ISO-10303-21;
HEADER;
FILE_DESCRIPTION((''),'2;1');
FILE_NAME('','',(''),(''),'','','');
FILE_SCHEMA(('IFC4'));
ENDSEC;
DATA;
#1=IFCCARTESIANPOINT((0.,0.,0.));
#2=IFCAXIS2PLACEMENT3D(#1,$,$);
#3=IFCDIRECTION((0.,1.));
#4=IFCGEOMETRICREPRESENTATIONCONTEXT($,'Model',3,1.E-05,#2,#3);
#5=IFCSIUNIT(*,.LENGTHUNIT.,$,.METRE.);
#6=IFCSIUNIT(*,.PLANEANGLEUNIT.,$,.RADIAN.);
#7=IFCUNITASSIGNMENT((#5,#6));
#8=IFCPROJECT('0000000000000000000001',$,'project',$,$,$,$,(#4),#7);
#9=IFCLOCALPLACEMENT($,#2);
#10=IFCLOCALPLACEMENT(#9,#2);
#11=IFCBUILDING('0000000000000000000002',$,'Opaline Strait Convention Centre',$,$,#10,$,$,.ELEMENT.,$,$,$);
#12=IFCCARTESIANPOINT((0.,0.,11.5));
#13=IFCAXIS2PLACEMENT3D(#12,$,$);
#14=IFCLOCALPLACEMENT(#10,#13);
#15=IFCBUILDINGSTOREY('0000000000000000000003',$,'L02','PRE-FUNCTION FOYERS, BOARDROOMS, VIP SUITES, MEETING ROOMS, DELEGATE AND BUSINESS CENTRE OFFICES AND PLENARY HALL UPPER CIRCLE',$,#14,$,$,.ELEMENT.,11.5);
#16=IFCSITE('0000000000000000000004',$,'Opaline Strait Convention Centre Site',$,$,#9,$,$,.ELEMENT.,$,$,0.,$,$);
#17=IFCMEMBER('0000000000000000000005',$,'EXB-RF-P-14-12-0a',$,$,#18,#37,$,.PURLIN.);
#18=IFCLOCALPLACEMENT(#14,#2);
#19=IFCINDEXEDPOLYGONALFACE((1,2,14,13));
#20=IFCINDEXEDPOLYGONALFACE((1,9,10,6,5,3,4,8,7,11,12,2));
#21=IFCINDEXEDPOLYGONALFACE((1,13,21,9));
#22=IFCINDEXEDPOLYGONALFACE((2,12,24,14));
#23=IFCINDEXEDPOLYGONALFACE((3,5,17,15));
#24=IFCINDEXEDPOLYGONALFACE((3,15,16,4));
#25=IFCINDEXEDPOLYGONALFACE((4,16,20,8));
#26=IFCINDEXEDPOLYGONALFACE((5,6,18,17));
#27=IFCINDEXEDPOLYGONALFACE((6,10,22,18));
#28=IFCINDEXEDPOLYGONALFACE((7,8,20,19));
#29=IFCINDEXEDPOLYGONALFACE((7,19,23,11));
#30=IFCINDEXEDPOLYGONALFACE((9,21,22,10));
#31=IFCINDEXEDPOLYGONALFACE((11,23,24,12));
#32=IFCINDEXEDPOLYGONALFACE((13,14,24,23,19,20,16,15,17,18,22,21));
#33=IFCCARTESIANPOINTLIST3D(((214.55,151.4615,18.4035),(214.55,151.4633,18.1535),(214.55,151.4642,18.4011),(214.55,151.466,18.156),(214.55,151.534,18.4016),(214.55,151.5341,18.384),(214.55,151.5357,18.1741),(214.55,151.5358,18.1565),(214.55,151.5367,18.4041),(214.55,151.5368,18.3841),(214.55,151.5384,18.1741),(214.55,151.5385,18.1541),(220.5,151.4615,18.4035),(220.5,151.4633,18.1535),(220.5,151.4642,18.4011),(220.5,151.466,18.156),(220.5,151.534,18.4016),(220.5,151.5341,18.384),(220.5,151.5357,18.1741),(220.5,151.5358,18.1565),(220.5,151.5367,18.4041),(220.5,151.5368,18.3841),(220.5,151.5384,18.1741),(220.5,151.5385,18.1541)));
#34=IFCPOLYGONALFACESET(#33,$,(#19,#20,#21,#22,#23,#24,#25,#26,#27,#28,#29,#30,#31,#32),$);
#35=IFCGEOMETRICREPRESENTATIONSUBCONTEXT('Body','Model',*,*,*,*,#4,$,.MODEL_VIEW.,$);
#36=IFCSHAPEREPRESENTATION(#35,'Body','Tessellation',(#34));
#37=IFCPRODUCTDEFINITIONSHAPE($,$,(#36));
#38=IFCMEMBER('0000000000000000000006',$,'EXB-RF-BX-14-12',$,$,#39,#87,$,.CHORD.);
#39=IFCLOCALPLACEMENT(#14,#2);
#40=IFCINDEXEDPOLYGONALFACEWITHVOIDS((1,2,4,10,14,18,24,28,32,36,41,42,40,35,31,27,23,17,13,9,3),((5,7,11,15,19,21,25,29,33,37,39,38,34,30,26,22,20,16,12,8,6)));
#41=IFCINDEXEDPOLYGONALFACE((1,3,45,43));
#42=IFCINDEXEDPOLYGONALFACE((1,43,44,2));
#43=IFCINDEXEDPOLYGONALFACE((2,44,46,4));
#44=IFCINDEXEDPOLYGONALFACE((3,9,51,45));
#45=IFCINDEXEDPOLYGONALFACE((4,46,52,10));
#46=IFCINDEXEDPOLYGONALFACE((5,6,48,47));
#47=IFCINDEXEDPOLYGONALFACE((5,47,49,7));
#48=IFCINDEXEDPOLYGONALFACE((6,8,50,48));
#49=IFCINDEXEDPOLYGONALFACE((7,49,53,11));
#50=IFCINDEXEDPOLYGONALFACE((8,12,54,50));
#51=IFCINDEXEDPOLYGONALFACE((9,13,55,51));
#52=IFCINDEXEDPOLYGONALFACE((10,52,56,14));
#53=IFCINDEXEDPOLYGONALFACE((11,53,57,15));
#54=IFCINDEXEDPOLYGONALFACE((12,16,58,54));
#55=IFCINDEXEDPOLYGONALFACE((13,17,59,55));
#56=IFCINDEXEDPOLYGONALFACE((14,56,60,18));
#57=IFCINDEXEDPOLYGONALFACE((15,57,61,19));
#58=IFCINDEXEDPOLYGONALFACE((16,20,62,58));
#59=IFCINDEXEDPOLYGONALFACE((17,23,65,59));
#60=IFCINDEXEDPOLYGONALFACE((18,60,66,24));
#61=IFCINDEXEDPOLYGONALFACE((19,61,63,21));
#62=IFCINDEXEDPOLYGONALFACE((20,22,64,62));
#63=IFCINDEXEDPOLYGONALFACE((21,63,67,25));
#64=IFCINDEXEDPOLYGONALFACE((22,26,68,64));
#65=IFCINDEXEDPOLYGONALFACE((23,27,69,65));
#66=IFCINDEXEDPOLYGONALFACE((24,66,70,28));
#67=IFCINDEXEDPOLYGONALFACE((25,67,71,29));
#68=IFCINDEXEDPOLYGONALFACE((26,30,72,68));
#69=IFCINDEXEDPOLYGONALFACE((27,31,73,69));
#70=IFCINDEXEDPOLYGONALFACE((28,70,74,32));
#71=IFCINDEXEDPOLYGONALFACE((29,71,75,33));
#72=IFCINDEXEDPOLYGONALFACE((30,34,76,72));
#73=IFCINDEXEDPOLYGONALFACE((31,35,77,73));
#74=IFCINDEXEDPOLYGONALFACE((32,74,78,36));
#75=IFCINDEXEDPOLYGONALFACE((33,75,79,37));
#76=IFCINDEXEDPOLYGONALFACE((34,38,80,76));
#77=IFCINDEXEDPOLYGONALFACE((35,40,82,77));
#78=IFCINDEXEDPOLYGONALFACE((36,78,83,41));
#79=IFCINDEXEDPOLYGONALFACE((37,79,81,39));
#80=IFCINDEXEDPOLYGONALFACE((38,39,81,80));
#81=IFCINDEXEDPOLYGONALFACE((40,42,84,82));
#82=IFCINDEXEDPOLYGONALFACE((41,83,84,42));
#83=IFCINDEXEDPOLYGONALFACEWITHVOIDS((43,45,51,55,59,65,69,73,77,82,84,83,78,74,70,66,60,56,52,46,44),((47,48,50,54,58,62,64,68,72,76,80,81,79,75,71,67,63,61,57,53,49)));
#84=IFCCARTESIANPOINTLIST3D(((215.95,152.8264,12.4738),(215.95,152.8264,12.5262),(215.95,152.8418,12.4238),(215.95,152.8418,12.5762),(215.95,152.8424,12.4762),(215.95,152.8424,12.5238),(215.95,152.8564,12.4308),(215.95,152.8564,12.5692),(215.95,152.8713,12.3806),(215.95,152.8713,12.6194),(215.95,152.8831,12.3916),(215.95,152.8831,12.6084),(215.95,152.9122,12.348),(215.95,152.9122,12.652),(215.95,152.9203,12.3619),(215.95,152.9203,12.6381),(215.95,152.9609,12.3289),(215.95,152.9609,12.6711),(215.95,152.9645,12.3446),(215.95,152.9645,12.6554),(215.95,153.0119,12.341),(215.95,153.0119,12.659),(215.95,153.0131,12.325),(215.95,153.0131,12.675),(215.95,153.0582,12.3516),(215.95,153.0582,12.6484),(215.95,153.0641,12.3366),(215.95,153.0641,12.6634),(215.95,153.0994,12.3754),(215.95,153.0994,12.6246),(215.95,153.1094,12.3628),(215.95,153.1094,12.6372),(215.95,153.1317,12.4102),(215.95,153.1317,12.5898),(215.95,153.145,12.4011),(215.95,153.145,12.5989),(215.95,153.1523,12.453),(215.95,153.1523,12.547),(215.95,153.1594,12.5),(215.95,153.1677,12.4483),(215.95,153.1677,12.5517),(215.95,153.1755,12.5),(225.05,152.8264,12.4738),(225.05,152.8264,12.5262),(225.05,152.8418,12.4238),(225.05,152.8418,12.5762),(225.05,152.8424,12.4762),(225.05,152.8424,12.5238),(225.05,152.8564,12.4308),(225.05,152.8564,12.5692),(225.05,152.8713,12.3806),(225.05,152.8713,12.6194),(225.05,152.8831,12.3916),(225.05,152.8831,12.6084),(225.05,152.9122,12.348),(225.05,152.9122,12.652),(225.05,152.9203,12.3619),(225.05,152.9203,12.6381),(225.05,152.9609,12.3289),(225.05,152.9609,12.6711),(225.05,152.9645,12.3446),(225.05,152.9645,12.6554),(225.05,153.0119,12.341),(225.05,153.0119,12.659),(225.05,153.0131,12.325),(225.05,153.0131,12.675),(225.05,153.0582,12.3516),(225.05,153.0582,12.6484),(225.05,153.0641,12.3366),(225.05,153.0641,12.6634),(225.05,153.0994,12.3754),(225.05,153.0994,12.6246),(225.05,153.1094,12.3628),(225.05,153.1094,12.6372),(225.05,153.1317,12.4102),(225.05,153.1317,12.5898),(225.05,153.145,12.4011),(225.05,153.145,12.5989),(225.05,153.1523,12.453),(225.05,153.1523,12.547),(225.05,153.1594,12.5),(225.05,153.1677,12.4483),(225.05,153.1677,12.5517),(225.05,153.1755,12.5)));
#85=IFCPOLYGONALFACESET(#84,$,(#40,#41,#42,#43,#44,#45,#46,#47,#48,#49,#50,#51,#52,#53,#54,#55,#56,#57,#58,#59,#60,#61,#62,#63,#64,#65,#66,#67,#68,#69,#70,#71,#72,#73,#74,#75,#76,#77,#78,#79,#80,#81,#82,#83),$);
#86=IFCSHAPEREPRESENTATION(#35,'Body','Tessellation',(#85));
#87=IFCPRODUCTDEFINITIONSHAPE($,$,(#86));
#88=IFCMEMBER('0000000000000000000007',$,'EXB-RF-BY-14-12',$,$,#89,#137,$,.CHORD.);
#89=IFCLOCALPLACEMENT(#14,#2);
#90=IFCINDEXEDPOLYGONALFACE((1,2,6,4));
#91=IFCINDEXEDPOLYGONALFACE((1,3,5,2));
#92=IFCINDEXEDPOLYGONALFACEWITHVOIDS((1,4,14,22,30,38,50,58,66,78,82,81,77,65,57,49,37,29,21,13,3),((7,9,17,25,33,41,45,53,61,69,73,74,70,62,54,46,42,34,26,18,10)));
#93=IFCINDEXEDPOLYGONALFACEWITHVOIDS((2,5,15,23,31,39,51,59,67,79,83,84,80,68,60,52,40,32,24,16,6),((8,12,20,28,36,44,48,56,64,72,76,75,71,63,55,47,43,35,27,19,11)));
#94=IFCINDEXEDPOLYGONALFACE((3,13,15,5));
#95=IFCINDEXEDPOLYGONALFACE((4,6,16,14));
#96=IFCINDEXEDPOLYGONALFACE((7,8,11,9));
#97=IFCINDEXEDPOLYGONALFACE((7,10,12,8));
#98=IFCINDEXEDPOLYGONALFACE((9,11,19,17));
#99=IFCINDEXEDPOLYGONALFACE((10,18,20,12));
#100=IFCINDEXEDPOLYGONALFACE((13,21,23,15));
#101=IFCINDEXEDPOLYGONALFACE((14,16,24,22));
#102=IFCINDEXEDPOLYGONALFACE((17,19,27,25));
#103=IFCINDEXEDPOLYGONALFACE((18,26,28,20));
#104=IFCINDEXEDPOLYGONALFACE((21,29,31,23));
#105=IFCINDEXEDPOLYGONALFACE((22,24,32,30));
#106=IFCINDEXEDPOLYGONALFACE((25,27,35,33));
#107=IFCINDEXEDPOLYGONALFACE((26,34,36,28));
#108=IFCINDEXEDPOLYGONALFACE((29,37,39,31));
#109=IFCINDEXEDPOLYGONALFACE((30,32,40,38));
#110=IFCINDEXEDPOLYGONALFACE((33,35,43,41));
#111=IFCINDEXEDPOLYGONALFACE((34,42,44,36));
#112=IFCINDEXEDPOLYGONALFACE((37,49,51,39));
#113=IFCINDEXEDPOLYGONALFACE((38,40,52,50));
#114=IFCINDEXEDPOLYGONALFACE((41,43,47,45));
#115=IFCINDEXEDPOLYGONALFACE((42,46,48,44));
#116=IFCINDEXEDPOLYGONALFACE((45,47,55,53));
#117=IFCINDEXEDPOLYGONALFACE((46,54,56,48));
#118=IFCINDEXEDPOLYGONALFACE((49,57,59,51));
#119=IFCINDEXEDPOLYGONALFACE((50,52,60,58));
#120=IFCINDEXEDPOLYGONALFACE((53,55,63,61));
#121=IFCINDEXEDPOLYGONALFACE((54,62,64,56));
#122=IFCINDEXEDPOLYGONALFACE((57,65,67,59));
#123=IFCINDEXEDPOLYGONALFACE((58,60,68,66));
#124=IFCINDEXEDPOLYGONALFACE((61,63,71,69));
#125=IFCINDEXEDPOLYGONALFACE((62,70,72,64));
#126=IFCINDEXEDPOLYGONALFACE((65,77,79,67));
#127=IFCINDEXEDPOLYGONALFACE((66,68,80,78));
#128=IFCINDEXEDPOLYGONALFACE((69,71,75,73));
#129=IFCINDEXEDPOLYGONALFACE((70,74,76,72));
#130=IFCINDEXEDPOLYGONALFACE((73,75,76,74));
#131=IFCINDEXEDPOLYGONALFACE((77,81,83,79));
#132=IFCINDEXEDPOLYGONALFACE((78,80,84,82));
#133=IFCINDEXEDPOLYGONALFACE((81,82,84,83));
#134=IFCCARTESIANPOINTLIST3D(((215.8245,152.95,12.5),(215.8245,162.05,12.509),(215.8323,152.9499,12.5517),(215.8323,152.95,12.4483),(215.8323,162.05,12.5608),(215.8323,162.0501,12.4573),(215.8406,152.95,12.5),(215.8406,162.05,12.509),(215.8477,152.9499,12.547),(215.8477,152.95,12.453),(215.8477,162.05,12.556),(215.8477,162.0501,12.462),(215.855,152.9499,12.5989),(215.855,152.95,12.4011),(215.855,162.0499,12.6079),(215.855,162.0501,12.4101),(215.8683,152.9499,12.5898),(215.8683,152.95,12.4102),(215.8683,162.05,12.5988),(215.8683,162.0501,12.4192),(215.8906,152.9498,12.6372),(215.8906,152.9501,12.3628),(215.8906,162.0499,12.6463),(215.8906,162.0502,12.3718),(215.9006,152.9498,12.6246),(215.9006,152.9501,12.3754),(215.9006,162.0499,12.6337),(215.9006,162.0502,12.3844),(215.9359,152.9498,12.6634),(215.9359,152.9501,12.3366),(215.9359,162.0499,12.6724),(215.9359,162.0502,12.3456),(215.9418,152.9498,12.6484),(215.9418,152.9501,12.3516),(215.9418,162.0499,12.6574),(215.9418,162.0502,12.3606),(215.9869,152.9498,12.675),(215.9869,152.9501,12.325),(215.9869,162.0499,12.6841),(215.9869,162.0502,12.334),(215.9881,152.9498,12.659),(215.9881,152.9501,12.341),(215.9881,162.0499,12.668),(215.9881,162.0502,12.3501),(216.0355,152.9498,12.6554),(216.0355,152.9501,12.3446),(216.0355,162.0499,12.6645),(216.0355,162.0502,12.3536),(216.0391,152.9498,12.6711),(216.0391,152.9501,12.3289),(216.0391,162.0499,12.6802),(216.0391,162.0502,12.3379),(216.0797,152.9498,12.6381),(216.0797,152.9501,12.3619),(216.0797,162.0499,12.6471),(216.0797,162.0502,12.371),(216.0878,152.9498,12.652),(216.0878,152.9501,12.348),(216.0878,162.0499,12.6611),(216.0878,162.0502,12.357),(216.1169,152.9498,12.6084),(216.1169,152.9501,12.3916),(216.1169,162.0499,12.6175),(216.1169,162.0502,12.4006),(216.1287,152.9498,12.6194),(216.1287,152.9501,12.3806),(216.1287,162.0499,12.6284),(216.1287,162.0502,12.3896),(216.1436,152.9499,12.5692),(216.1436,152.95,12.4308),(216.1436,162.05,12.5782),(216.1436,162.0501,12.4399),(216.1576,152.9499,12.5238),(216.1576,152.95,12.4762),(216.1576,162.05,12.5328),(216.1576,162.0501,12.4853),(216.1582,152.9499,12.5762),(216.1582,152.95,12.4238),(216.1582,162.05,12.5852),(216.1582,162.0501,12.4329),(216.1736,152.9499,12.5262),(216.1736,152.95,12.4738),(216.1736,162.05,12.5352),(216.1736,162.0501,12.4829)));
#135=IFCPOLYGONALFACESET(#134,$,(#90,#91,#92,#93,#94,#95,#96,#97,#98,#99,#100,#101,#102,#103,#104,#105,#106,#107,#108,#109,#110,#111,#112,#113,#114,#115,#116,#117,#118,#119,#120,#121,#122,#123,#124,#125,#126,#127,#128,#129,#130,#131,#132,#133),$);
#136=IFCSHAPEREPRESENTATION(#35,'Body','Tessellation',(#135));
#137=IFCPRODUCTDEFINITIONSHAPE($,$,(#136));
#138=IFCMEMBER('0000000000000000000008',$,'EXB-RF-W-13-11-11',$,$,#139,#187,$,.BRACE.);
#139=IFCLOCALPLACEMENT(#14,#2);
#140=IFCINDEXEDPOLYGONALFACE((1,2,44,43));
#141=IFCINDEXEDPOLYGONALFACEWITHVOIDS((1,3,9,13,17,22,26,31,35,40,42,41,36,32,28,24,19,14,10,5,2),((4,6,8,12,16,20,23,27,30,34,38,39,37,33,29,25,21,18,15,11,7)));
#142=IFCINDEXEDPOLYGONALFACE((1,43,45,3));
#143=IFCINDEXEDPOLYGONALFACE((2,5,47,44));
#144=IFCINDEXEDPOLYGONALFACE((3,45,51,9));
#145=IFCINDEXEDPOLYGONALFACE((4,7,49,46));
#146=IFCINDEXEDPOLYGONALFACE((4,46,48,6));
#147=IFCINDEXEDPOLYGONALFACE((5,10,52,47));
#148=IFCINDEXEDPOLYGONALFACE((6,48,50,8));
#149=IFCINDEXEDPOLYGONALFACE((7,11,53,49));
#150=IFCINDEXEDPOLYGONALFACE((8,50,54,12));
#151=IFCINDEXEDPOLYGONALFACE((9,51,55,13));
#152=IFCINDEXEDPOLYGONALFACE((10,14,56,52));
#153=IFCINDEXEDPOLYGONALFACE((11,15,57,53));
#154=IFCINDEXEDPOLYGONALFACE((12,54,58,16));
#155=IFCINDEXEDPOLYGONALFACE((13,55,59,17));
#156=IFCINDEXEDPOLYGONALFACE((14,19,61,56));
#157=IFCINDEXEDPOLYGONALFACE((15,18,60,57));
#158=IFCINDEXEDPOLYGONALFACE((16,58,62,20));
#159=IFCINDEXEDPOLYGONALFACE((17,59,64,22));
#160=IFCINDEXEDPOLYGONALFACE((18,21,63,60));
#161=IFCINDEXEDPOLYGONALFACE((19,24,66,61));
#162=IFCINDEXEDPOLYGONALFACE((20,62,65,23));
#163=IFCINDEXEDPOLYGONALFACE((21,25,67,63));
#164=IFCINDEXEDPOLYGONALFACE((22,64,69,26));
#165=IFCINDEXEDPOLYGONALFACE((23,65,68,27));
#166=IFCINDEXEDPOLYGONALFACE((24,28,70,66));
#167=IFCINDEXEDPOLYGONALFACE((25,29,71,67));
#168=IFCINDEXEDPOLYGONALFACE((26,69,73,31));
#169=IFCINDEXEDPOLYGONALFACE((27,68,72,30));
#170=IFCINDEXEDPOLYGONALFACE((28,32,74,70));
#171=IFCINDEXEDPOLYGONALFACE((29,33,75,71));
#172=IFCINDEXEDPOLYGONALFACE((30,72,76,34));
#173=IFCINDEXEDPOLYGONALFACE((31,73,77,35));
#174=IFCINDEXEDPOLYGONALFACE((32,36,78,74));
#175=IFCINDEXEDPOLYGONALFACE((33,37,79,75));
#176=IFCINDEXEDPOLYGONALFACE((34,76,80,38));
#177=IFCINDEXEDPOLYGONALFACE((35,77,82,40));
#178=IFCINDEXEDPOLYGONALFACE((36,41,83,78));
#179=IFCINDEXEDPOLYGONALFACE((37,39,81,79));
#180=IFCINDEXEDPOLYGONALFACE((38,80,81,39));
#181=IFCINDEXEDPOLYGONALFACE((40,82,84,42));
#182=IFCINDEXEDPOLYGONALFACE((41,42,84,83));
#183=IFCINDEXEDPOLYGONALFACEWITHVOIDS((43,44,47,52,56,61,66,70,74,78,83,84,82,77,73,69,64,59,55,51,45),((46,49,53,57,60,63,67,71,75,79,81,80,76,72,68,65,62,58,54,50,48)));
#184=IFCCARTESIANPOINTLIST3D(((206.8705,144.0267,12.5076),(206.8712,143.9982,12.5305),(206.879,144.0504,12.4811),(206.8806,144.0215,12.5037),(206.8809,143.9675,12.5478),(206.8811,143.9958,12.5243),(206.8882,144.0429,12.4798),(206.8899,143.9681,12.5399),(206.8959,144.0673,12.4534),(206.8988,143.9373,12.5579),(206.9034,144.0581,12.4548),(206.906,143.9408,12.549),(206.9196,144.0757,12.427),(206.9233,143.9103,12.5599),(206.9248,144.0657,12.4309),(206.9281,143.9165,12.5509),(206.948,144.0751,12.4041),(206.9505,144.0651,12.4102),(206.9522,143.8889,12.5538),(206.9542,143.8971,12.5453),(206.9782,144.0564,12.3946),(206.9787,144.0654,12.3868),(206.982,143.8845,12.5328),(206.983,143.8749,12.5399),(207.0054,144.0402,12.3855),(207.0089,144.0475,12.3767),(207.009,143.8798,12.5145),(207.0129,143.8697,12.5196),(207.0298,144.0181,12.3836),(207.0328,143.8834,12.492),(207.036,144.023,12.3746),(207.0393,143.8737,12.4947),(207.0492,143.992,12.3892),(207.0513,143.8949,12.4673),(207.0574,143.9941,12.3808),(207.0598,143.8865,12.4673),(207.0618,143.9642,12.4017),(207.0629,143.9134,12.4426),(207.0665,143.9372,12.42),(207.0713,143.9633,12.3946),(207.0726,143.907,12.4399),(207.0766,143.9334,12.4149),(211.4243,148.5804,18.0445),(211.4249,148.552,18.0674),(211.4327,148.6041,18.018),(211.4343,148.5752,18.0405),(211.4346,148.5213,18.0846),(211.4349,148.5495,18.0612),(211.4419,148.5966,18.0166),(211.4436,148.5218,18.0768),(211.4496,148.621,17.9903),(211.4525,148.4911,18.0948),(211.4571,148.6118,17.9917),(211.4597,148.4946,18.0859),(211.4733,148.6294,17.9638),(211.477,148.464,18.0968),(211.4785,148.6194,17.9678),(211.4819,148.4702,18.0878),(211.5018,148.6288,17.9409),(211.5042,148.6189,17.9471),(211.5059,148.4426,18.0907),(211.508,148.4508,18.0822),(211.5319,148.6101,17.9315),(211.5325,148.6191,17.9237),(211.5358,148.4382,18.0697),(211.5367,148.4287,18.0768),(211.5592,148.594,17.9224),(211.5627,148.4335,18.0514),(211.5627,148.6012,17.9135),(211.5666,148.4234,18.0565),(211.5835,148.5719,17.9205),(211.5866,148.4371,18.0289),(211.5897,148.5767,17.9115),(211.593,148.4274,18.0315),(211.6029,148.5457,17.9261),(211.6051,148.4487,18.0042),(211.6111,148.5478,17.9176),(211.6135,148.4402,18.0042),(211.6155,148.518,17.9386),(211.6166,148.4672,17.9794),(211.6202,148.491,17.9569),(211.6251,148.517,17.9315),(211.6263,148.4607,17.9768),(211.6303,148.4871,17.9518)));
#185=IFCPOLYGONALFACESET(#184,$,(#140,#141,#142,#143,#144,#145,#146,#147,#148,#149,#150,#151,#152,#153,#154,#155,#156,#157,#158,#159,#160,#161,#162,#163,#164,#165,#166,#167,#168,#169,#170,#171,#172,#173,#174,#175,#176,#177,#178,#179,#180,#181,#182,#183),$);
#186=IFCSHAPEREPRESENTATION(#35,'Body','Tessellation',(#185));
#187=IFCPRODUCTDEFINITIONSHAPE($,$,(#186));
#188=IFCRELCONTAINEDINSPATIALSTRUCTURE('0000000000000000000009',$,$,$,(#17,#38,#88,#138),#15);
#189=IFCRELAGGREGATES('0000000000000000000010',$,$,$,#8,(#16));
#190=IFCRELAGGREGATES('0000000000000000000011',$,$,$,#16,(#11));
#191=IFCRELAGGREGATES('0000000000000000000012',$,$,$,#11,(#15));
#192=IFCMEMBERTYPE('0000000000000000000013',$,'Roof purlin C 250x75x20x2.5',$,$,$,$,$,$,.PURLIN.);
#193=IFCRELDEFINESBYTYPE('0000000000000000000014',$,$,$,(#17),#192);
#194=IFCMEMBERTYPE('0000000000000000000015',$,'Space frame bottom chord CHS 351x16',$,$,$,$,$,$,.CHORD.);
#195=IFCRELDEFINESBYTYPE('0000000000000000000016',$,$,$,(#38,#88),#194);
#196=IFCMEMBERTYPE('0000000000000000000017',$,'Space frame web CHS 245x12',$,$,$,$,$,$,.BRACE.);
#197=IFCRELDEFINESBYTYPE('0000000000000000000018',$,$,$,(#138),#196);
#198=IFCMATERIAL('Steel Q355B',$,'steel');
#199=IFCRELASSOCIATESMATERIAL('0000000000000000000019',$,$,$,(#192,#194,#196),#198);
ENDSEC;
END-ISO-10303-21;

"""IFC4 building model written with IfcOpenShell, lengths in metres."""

from ifc_helpers import new_model, si_unit, direction, frame, origin, origin_2d, place, context, subcontext, project, spatial, polyline, hollow_circle, outline, extrude, material, material_profile, profile_set, type_object, element, save


model = new_model("IFC4")

# Units and contexts
model_context = context("Model", 3, precision=1e-05, world=origin(), true_north=direction((0.0, 1.0)))
body_context = subcontext(model_context, "Body", "Model", "MODEL_VIEW")
ifc_project = project(units=[si_unit("LENGTHUNIT", "METRE"), si_unit("PLANEANGLEUNIT", "RADIAN")], contexts=[model_context])

# Site, building, storey
site_placement = place(None, origin())
site = spatial("IfcSite", under=ifc_project, at=site_placement, Name="Opaline Strait Convention Centre Site", CompositionType="ELEMENT", RefElevation=0.0)
building_placement = place(site_placement, origin())
building = spatial("IfcBuilding", under=site, at=building_placement, Name="Opaline Strait Convention Centre", CompositionType="ELEMENT")
storey_placement = place(building_placement, frame((0.0, 0.0, 11.5)))
storey = spatial("IfcBuildingStorey", under=building, at=storey_placement, Name="L02", Description="PRE-FUNCTION FOYERS, BOARDROOMS, VIP SUITES, MEETING ROOMS, DELEGATE AND BUSINESS CENTRE OFFICES AND PLENARY HALL UPPER CIRCLE", CompositionType="ELEMENT", Elevation=11.5)

# Members
ifc_material_1 = material(Name="Steel Q355B", Category="steel")
ifc_material_profile_1 = material_profile(ifc_material_1, outline(polyline([(-0.0376, -0.125), (0.0376, -0.125), (0.0376, -0.105), (0.0349, -0.105), (0.0349, -0.1226), (-0.0349, -0.1226), (-0.0349, 0.1226), (0.0349, 0.1226), (0.0349, 0.105), (0.0376, 0.105), (0.0376, 0.125), (-0.0376, 0.125), (-0.0376, -0.125)])), Name="C 250x75x20x2.5")
ifc_profile_set_1 = profile_set([ifc_material_profile_1], Name="Steel Q355B")
member_type_1 = type_object("IfcMemberType", Name="Roof purlin C 250x75x20x2.5", PredefinedType="PURLIN", material=ifc_profile_set_1)
member_placement = place(storey_placement, frame((214.55, 151.5, 18.2788), z_axis=(1.0, 0.0, 0.0), x_axis=(0.0, 0.999974, 0.007274)))
element("IfcMember", 1, at=member_placement, inside=storey, type_object=member_type_1, Name="EXB-RF-P-14-12-0a", PredefinedType="PURLIN", context=body_context, shape_type="SweptSolid", body=[
    extrude(outline(polyline([(-0.0376, -0.125), (0.0376, -0.125), (0.0376, -0.105), (0.0349, -0.105), (0.0349, -0.1226), (-0.0349, -0.1226), (-0.0349, 0.1226), (0.0349, 0.1226), (0.0349, 0.105), (0.0376, 0.105), (0.0376, 0.125), (-0.0376, 0.125), (-0.0376, -0.125)])), origin(), (0.0, 0.0, 1.0), 5.95),
])
ifc_material_profile_2 = material_profile(ifc_material_1, hollow_circle(Radius=0.1755, WallThickness=0.0161, at=origin_2d()), Name="CHS 351x16")
ifc_profile_set_2 = profile_set([ifc_material_profile_2], Name="Steel Q355B")
member_type_2 = type_object("IfcMemberType", Name="Space frame bottom chord CHS 351x16", PredefinedType="CHORD", material=ifc_profile_set_2)
for number, where, z_axis, x_axis, name in (
    (2, (215.95, 153.0, 12.5), (1.0, 0.0, 0.0), (0.0, 1.0, 0.0), "EXB-RF-BX-14-12"),
    (3, (216.0, 152.95, 12.5), (0.0, 1.0, 0.000993), (-1.0, 0.0, 0.0), "EXB-RF-BY-14-12"),
):
    element("IfcMember", number, at=place(storey_placement, frame(where, z_axis=z_axis, x_axis=x_axis)), inside=storey, type_object=member_type_2, Name=name, PredefinedType="CHORD", context=body_context, shape_type="SweptSolid", body=[
        extrude(hollow_circle(Radius=0.1755, WallThickness=0.0161, at=origin_2d()), origin(), (0.0, 0.0, 1.0), 9.1001),
    ])
ifc_material_profile_3 = material_profile(ifc_material_1, hollow_circle(Radius=0.1226, WallThickness=0.012, at=origin_2d()), Name="CHS 245x12")
ifc_profile_set_3 = profile_set([ifc_material_profile_3], Name="Steel Q355B")
member_type_3 = type_object("IfcMemberType", Name="Space frame web CHS 245x12", PredefinedType="BRACE", material=ifc_profile_set_3)
for number, where, z_axis, x_axis, name in (
    (4, (211.5269, 148.5269, 18.0042), (-0.536178, -0.536178, -0.65194), (0.707107, -0.707107, 0.0), "EXB-RF-W-13-11-11"),
):
    element("IfcMember", number, at=place(storey_placement, frame(where, z_axis=z_axis, x_axis=x_axis)), inside=storey, type_object=member_type_3, Name=name, PredefinedType="BRACE", context=body_context, shape_type="SweptSolid", body=[
        extrude(hollow_circle(Radius=0.1226, WallThickness=0.012, at=origin_2d()), origin(), (0.0, 0.0, 1.0), 8.4929),
    ])

save(model, "model.ifc")
